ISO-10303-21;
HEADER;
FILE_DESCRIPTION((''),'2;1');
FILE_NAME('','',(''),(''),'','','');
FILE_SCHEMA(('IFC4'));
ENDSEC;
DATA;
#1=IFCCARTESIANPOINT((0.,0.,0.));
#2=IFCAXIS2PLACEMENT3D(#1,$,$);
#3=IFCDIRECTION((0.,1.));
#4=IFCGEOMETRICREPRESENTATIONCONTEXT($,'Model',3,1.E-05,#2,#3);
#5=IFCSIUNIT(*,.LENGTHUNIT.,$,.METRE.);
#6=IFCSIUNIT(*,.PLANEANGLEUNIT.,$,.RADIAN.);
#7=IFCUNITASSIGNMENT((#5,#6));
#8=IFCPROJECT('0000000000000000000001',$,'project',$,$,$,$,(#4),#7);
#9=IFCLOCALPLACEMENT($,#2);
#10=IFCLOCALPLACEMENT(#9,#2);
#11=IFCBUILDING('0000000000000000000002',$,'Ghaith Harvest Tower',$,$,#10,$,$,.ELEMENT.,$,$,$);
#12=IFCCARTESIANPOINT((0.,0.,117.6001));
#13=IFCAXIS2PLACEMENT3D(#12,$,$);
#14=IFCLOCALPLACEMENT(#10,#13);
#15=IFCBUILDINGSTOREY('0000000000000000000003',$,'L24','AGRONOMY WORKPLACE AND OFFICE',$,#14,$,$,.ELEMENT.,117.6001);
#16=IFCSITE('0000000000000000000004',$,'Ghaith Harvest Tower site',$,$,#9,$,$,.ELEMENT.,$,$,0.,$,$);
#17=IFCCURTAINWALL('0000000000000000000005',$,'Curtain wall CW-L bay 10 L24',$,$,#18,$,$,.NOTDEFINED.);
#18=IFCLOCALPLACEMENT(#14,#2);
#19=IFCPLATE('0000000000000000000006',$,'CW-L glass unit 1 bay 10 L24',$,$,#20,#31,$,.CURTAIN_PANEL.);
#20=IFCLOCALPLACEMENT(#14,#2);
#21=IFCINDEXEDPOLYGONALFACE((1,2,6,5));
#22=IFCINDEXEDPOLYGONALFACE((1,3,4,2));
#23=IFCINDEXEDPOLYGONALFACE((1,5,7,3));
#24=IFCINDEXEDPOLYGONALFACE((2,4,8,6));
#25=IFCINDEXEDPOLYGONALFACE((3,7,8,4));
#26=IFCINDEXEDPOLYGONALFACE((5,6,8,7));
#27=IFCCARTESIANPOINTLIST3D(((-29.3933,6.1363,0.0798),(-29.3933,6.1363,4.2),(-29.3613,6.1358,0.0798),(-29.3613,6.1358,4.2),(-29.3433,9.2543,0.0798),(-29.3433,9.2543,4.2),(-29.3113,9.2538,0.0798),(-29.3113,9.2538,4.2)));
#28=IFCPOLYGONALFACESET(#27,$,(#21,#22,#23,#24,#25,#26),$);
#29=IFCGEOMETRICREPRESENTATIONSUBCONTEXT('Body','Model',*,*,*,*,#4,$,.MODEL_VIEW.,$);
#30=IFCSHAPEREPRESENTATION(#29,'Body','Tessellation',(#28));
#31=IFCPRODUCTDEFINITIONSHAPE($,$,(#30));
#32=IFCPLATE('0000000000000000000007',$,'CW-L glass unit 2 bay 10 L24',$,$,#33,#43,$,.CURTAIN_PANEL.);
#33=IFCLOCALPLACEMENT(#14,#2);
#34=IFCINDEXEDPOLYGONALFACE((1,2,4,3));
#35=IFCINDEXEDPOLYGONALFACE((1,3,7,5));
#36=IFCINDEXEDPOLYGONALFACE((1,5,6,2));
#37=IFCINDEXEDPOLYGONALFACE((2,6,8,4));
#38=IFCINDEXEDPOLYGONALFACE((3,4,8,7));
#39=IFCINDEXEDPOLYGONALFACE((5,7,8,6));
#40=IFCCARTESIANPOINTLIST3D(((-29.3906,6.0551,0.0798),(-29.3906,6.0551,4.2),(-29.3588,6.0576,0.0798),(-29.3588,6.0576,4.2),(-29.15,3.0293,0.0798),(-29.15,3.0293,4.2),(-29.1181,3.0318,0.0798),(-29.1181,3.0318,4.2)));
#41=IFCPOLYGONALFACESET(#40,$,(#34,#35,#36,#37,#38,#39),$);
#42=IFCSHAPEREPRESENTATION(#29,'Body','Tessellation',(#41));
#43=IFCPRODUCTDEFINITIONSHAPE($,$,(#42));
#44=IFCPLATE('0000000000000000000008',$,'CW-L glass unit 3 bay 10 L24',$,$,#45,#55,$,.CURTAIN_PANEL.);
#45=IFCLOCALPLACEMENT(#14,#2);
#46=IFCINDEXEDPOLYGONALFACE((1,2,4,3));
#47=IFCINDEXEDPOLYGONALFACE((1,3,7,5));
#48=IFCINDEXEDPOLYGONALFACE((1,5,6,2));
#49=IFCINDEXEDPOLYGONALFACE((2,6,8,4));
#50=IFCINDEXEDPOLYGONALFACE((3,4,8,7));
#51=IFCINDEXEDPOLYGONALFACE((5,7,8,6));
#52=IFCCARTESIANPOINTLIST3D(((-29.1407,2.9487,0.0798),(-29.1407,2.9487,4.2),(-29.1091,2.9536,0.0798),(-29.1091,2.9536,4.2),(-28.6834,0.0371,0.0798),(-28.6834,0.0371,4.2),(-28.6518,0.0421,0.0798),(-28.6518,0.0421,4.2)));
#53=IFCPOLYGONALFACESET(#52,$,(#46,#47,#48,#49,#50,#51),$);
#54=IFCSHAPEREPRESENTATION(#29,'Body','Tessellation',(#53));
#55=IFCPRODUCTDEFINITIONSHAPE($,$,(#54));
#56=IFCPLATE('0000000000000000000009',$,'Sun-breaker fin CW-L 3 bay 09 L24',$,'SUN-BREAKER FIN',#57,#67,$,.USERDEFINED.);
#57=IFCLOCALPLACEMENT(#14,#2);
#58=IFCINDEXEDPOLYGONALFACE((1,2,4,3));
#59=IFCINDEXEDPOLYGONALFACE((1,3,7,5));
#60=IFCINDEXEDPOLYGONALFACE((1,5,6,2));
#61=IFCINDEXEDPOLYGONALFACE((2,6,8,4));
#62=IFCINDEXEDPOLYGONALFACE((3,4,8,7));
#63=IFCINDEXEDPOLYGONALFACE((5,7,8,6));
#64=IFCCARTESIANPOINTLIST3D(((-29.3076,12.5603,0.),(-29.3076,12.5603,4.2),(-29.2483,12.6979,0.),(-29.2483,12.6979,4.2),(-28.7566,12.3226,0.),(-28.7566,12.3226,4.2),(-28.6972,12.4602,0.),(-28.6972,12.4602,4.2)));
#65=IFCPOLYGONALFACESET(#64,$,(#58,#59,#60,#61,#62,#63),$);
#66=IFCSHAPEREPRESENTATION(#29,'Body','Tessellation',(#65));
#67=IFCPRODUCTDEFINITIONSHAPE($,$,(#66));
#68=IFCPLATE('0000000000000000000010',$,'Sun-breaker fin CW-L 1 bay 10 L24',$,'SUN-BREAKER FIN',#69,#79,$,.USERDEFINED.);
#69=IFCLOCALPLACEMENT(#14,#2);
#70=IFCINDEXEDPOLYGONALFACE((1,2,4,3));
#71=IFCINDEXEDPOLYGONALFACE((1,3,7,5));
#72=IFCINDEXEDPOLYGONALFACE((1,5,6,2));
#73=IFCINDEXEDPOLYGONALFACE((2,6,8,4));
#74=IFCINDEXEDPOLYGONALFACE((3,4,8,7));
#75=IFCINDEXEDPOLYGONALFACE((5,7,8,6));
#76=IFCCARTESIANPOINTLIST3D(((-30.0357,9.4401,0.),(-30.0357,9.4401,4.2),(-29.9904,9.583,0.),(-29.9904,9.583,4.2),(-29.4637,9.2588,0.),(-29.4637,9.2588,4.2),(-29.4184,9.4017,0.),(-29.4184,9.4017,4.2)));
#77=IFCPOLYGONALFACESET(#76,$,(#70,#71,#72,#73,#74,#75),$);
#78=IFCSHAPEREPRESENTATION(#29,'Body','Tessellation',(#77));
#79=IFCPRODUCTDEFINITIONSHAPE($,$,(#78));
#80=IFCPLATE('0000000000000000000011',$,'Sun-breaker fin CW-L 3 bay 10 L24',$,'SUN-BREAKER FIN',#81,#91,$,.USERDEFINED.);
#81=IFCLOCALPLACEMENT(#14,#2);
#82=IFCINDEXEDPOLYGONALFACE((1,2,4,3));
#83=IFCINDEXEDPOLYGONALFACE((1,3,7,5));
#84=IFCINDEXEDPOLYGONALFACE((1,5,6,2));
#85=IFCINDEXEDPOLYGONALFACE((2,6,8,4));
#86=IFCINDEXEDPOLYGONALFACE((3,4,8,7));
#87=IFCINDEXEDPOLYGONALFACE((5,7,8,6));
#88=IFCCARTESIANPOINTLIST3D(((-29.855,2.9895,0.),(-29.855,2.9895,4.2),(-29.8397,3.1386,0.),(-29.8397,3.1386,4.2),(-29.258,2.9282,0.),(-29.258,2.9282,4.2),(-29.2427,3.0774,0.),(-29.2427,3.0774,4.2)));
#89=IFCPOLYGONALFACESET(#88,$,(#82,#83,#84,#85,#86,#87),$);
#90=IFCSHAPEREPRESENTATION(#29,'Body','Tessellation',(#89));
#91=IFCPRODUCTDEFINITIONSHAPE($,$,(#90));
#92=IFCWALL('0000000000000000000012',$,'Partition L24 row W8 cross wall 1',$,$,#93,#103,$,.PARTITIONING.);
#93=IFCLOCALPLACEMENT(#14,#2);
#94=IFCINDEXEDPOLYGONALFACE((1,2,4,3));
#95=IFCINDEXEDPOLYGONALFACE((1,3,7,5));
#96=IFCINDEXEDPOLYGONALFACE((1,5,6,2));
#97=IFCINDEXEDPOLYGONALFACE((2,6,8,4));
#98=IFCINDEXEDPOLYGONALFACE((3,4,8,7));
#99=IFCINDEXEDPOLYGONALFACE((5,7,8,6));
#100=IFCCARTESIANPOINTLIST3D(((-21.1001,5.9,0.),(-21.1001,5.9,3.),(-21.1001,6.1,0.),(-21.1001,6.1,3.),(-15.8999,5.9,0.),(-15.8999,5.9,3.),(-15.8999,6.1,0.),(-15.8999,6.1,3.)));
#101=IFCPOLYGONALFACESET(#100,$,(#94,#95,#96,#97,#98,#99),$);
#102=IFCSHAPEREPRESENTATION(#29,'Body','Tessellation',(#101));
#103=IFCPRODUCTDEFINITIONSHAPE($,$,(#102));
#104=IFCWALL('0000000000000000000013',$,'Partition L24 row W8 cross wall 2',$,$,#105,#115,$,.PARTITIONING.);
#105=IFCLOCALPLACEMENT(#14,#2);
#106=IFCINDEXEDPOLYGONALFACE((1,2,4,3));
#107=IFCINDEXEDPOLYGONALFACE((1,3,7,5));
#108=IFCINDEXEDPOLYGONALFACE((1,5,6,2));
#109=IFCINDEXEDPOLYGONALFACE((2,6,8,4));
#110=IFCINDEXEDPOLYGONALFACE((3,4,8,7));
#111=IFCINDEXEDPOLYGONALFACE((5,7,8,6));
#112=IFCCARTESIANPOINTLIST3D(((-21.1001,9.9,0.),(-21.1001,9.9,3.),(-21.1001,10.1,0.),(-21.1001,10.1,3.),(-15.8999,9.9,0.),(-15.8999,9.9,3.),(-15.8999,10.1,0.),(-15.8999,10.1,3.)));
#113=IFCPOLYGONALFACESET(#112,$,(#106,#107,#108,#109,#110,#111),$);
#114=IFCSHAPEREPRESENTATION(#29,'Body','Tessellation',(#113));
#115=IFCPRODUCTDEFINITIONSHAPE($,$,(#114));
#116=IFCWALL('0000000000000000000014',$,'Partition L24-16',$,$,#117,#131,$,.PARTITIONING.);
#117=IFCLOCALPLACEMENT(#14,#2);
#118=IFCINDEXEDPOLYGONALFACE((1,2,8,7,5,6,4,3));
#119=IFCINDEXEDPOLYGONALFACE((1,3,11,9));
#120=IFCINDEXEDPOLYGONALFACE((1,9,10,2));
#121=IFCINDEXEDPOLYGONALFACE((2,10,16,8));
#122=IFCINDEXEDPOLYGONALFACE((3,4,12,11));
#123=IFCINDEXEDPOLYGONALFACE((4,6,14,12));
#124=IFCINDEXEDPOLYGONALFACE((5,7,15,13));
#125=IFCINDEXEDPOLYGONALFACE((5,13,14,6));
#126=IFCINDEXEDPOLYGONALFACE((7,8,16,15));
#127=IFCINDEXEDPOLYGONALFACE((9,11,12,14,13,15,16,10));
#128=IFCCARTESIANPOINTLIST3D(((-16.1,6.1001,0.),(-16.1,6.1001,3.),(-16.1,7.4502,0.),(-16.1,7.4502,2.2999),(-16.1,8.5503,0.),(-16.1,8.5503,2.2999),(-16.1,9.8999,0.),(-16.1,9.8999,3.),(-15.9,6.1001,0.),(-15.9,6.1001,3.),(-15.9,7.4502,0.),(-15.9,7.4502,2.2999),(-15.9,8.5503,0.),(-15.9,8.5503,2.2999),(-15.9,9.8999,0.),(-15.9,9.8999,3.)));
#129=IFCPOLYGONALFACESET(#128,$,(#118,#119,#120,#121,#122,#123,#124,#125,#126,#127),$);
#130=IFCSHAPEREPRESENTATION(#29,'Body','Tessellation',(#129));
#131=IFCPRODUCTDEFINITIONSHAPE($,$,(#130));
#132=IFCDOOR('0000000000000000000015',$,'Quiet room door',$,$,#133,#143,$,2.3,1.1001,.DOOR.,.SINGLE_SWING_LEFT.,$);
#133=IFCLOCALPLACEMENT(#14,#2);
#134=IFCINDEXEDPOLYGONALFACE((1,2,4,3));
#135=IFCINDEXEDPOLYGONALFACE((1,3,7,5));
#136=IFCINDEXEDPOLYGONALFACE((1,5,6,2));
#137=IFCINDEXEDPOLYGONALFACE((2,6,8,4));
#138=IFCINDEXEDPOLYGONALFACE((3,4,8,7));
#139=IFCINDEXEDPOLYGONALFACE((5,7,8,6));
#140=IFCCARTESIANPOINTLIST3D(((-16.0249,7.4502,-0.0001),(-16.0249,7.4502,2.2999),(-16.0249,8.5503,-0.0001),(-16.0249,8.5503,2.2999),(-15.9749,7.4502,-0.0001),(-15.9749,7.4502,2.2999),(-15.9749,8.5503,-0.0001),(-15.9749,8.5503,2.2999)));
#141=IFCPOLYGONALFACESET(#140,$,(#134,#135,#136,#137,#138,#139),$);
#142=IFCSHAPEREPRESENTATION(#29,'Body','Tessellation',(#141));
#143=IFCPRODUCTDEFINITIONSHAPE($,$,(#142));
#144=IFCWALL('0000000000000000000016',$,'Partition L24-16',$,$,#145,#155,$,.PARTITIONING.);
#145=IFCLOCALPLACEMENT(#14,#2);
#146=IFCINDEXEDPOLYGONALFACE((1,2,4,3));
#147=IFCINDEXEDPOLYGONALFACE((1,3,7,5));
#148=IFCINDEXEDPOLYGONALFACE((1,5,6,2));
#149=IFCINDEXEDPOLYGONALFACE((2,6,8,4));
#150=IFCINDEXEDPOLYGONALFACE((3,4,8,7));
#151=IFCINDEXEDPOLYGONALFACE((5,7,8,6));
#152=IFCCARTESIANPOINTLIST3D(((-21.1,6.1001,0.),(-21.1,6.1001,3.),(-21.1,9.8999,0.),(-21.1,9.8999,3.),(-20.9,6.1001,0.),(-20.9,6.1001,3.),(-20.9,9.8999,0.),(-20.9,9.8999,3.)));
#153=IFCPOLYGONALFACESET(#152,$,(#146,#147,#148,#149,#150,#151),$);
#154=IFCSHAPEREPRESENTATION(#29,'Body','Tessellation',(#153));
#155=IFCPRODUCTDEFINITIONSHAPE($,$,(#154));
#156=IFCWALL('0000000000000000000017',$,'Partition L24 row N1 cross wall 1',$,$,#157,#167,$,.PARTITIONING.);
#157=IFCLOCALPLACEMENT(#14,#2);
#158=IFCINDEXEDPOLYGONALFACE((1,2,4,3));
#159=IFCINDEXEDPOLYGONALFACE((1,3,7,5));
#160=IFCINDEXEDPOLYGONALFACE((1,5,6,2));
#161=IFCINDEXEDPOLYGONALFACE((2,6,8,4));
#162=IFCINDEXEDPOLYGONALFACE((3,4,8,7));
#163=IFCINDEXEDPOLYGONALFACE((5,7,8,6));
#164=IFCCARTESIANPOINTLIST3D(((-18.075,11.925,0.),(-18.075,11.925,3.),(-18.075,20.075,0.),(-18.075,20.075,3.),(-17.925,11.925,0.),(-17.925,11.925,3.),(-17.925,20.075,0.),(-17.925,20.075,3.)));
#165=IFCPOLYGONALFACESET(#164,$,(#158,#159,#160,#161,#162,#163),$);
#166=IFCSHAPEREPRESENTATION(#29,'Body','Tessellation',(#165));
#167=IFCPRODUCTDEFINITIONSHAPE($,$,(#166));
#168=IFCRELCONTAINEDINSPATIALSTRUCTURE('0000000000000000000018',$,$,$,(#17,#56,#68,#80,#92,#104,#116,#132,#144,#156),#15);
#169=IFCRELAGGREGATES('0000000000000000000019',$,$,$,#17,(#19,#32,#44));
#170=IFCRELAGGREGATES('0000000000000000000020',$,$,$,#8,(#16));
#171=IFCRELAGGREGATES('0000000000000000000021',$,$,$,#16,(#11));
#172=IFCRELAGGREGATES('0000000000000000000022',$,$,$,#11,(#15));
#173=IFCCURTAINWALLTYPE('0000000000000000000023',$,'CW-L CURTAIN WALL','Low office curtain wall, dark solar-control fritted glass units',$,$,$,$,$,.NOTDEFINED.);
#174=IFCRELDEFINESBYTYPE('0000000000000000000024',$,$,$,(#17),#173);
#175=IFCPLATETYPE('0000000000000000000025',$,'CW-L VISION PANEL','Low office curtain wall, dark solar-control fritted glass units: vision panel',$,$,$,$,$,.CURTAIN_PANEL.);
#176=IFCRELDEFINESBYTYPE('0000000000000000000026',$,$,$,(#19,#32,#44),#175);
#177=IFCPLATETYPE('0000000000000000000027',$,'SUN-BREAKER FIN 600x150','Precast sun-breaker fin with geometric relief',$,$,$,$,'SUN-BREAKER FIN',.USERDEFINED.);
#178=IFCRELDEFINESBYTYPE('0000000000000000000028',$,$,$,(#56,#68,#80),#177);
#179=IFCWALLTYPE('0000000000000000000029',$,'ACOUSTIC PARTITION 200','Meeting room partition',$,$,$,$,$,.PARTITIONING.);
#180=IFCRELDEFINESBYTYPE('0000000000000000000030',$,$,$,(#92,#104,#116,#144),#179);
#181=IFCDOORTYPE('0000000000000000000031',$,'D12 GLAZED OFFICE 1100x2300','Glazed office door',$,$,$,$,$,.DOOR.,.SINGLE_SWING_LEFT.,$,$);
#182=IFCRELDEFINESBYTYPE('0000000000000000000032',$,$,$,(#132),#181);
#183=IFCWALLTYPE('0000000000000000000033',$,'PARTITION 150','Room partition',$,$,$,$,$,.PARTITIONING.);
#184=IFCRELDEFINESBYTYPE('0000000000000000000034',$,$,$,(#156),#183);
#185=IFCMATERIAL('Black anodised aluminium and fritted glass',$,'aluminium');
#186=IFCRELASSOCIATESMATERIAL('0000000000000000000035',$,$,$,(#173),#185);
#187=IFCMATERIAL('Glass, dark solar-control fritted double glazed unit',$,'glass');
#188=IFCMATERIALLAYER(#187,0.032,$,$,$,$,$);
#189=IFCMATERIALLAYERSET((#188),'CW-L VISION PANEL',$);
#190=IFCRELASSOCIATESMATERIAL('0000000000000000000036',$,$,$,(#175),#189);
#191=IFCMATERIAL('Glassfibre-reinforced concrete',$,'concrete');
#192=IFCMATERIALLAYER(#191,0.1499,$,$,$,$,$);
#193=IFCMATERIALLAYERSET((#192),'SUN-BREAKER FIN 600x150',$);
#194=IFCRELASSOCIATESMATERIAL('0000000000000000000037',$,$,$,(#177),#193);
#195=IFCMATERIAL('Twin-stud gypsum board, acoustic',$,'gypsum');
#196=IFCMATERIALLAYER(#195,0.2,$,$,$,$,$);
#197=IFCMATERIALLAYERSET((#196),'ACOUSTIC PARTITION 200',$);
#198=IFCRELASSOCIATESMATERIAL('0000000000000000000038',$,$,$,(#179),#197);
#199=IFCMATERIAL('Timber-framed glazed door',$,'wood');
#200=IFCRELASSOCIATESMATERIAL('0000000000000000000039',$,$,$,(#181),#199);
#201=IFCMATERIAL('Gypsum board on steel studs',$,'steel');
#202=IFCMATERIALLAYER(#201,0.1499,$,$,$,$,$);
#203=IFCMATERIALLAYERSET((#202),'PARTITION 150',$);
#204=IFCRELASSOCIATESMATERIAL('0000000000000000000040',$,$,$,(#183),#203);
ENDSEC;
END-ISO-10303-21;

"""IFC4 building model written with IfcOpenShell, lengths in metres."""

from ifc_helpers import new_model, si_unit, direction, frame, frame_2d, origin, origin_2d, place, context, subcontext, project, spatial, rectangle, extrude, material, layer, layer_set, type_object, element, fill, aggregate, save


model = new_model("IFC4")

# Units and contexts
model_context = context("Model", 3, precision=1e-05, world=origin(), true_north=direction((0.0, 1.0)))
body_context = subcontext(model_context, "Body", "Model", "MODEL_VIEW")
ifc_project = project(units=[si_unit("LENGTHUNIT", "METRE"), si_unit("PLANEANGLEUNIT", "RADIAN")], contexts=[model_context])

# Site, building, storey
site_placement = place(None, origin())
site = spatial("IfcSite", under=ifc_project, at=site_placement, Name="Ghaith Harvest Tower site", CompositionType="ELEMENT", RefElevation=0.0)
building_placement = place(site_placement, origin())
building = spatial("IfcBuilding", under=site, at=building_placement, Name="Ghaith Harvest Tower", CompositionType="ELEMENT")
storey_placement = place(building_placement, frame((0.0, 0.0, 117.6001)))
storey = spatial("IfcBuildingStorey", under=building, at=storey_placement, Name="L24", Description="AGRONOMY WORKPLACE AND OFFICE", CompositionType="ELEMENT", Elevation=117.6001)

# Shared definitions
ifc_material_1 = material(Name="Black anodised aluminium and fritted glass", Category="aluminium")
curtain_wall_type = type_object("IfcCurtainWallType", Name="CW-L CURTAIN WALL", Description="Low office curtain wall, dark solar-control fritted glass units", PredefinedType="NOTDEFINED", material=ifc_material_1)

# Curtain wall
curtain_wall_1_placement = place(storey_placement, origin())
curtain_wall_1 = element("IfcCurtainWall", 1, at=curtain_wall_1_placement, inside=storey, type_object=curtain_wall_type, Name="Curtain wall CW-L bay 10 L24", PredefinedType="NOTDEFINED")

# Plates
ifc_material_2 = material(Name="Glass, dark solar-control fritted double glazed unit", Category="glass")
ifc_layer_1 = layer(ifc_material_2, 0.032)
ifc_layer_set_1 = layer_set([ifc_layer_1], Name="CW-L VISION PANEL")
plate_type_1 = type_object("IfcPlateType", Name="CW-L VISION PANEL", Description="Low office curtain wall, dark solar-control fritted glass units: vision panel", PredefinedType="CURTAIN_PANEL", material=ifc_layer_set_1)
plate_1_placement = place(storey_placement, frame((-29.3523, 7.6951, 0.0798), z_axis=(0.0, 0.0, 1.0), x_axis=(-0.016034, -0.999871, 0.0)))
plate_1 = element("IfcPlate", 2, at=plate_1_placement, type_object=plate_type_1, Name="CW-L glass unit 1 bay 10 L24", PredefinedType="CURTAIN_PANEL", context=body_context, shape_type="SweptSolid", body=[
    extrude(rectangle(XDim=3.1184, YDim=0.032, at=origin_2d()), origin(), (0.0, 0.0, 1.0), 4.1201),
])
plate_2_placement = place(storey_placement, frame((-29.2544, 4.5435, 0.0798), z_axis=(0.0, 0.0, 1.0), x_axis=(0.079273, -0.996853, 0.0)))
plate_2 = element("IfcPlate", 3, at=plate_2_placement, type_object=plate_type_1, Name="CW-L glass unit 2 bay 10 L24", PredefinedType="CURTAIN_PANEL", context=body_context, shape_type="SweptSolid", body=[
    extrude(rectangle(XDim=3.0354, YDim=0.032, at=origin_2d()), origin(), (0.0, 0.0, 1.0), 4.1201),
])
plate_3_placement = place(storey_placement, frame((-28.8962, 1.4954, 0.0798), z_axis=(0.0, 0.0, 1.0), x_axis=(0.155172, -0.987887, 0.0)))
plate_3 = element("IfcPlate", 4, at=plate_3_placement, type_object=plate_type_1, Name="CW-L glass unit 3 bay 10 L24", PredefinedType="CURTAIN_PANEL", context=body_context, shape_type="SweptSolid", body=[
    extrude(rectangle(XDim=2.9473, YDim=0.032, at=origin_2d()), origin(), (0.0, 0.0, 1.0), 4.1201),
])
aggregate(curtain_wall_1, [plate_1, plate_2, plate_3])

# Plates
ifc_material_3 = material(Name="Glassfibre-reinforced concrete", Category="concrete")
ifc_layer_2 = layer(ifc_material_3, 0.1499)
ifc_layer_set_2 = layer_set([ifc_layer_2], Name="SUN-BREAKER FIN 600x150")
plate_type_2 = type_object("IfcPlateType", Name="SUN-BREAKER FIN 600x150", Description="Precast sun-breaker fin with geometric relief", ElementType="SUN-BREAKER FIN", PredefinedType="USERDEFINED", material=ifc_layer_set_2)
for number, where, z_axis, x_axis, name in (
    (5, (-29.0024, 12.5103, 0.0), (0.0, 0.0, 1.0), (-0.918218, 0.396075, 0.0), "Sun-breaker fin CW-L 3 bay 09 L24"),
    (6, (-29.7271, 9.4209, 0.0), (0.0, 0.0, 1.0), (-0.953273, 0.30211, 0.0), "Sun-breaker fin CW-L 1 bay 10 L24"),
    (7, (-29.5488, 3.0334, 0.0), (0.0, 0.0, 1.0), (-0.994772, 0.102123, 0.0), "Sun-breaker fin CW-L 3 bay 10 L24"),
):
    element("IfcPlate", number, at=place(storey_placement, frame(where, z_axis=z_axis, x_axis=x_axis)), inside=storey, type_object=plate_type_2, Name=name, ObjectType="SUN-BREAKER FIN", PredefinedType="USERDEFINED", context=body_context, shape_type="SweptSolid", body=[
        extrude(rectangle(XDim=0.6001, YDim=0.1499, at=origin_2d()), origin(), (0.0, 0.0, 1.0), 4.2),
    ])

# Walls
ifc_material_4 = material(Name="Twin-stud gypsum board, acoustic", Category="gypsum")
ifc_layer_3 = layer(ifc_material_4, 0.2)
ifc_layer_set_3 = layer_set([ifc_layer_3], Name="ACOUSTIC PARTITION 200")
wall_type_1 = type_object("IfcWallType", Name="ACOUSTIC PARTITION 200", Description="Meeting room partition", PredefinedType="PARTITIONING", material=ifc_layer_set_3)
for number, where, z_axis, x_axis, name in (
    (8, (-15.8999, 6.0, 0.0), (0.0, 0.0, 1.0), (-1.0, 0.0, 0.0), "Partition L24 row W8 cross wall 1"),
    (9, (-15.8999, 10.0, 0.0), (0.0, 0.0, 1.0), (-1.0, 0.0, 0.0), "Partition L24 row W8 cross wall 2"),
):
    element("IfcWall", number, at=place(storey_placement, frame(where, z_axis=z_axis, x_axis=x_axis)), inside=storey, type_object=wall_type_1, Name=name, PredefinedType="PARTITIONING", context=body_context, shape_type="SweptSolid", body=[
        extrude(rectangle(XDim=5.2002, YDim=0.2, at=frame_2d((2.6001, 0.0))), origin(), (0.0, 0.0, 1.0), 3.0),
    ])

# Wall, opening, door
wall_1_placement = place(storey_placement, frame((-16.0, 6.1001, 0.0), z_axis=(0.0, 0.0, 1.0), x_axis=(0.0, 1.0, 0.0)))
wall_1 = element("IfcWall", 10, at=wall_1_placement, inside=storey, type_object=wall_type_1, Name="Partition L24-16", PredefinedType="PARTITIONING", context=body_context, shape_type="SweptSolid", body=[
    extrude(rectangle(XDim=3.7998, YDim=0.2, at=frame_2d((1.8999, 0.0))), origin(), (0.0, 0.0, 1.0), 3.0),
])
opening_1_placement = place(wall_1_placement, frame((1.3501, 0.0, 0.0)))
opening_1 = element("IfcOpeningElement", 11, at=opening_1_placement, cuts=wall_1, PredefinedType="OPENING", context=body_context, shape_type="SweptSolid", body=[
    extrude(rectangle(XDim=1.1001, YDim=2.3, at=frame_2d((0.55, 1.1499))), frame((0.0, 0.1099, 0.0), z_axis=(0.0, -1.0, 0.0), x_axis=(1.0, 0.0, 0.0)), (0.0, 0.0, 1.0), 0.22),
])
ifc_material_5 = material(Name="Timber-framed glazed door", Category="wood")
door_type_1 = type_object("IfcDoorType", Name="D12 GLAZED OFFICE 1100x2300", Description="Glazed office door", OperationType="SINGLE_SWING_LEFT", PredefinedType="DOOR", material=ifc_material_5)
door_1_placement = place(opening_1_placement, origin())
door_1 = element("IfcDoor", 12, at=door_1_placement, inside=storey, type_object=door_type_1, Name="Quiet room door", OperationType="SINGLE_SWING_LEFT", OverallHeight=2.3, OverallWidth=1.1001, PredefinedType="DOOR", context=body_context, shape_type="SweptSolid", body=[
    extrude(rectangle(XDim=1.1001, YDim=2.3, at=frame_2d((0.55, 1.1499))), frame((0.0, 0.0249, 0.0), z_axis=(0.0, -1.0, 0.0), x_axis=(1.0, 0.0, 0.0)), (0.0, 0.0, 1.0), 0.05),
])
fill(opening_1, door_1)

# Walls
wall_2_placement = place(storey_placement, frame((-21.0, 6.1001, 0.0), z_axis=(0.0, 0.0, 1.0), x_axis=(0.0, 1.0, 0.0)))
element("IfcWall", 13, at=wall_2_placement, inside=storey, type_object=wall_type_1, Name="Partition L24-16", PredefinedType="PARTITIONING", context=body_context, shape_type="SweptSolid", body=[
    extrude(rectangle(XDim=3.7998, YDim=0.2, at=frame_2d((1.8999, 0.0))), origin(), (0.0, 0.0, 1.0), 3.0),
])
ifc_material_6 = material(Name="Gypsum board on steel studs", Category="steel")
ifc_layer_4 = layer(ifc_material_6, 0.1499)
ifc_layer_set_4 = layer_set([ifc_layer_4], Name="PARTITION 150")
wall_type_2 = type_object("IfcWallType", Name="PARTITION 150", Description="Room partition", PredefinedType="PARTITIONING", material=ifc_layer_set_4)
wall_3_placement = place(storey_placement, frame((-18.0, 11.925, 0.0), z_axis=(0.0, 0.0, 1.0), x_axis=(0.0, 1.0, 0.0)))
element("IfcWall", 14, at=wall_3_placement, inside=storey, type_object=wall_type_2, Name="Partition L24 row N1 cross wall 1", PredefinedType="PARTITIONING", context=body_context, shape_type="SweptSolid", body=[
    extrude(rectangle(XDim=8.1499, YDim=0.1499, at=frame_2d((4.075, 0.0))), origin(), (0.0, 0.0, 1.0), 3.0),
])

save(model, "model.ifc")
